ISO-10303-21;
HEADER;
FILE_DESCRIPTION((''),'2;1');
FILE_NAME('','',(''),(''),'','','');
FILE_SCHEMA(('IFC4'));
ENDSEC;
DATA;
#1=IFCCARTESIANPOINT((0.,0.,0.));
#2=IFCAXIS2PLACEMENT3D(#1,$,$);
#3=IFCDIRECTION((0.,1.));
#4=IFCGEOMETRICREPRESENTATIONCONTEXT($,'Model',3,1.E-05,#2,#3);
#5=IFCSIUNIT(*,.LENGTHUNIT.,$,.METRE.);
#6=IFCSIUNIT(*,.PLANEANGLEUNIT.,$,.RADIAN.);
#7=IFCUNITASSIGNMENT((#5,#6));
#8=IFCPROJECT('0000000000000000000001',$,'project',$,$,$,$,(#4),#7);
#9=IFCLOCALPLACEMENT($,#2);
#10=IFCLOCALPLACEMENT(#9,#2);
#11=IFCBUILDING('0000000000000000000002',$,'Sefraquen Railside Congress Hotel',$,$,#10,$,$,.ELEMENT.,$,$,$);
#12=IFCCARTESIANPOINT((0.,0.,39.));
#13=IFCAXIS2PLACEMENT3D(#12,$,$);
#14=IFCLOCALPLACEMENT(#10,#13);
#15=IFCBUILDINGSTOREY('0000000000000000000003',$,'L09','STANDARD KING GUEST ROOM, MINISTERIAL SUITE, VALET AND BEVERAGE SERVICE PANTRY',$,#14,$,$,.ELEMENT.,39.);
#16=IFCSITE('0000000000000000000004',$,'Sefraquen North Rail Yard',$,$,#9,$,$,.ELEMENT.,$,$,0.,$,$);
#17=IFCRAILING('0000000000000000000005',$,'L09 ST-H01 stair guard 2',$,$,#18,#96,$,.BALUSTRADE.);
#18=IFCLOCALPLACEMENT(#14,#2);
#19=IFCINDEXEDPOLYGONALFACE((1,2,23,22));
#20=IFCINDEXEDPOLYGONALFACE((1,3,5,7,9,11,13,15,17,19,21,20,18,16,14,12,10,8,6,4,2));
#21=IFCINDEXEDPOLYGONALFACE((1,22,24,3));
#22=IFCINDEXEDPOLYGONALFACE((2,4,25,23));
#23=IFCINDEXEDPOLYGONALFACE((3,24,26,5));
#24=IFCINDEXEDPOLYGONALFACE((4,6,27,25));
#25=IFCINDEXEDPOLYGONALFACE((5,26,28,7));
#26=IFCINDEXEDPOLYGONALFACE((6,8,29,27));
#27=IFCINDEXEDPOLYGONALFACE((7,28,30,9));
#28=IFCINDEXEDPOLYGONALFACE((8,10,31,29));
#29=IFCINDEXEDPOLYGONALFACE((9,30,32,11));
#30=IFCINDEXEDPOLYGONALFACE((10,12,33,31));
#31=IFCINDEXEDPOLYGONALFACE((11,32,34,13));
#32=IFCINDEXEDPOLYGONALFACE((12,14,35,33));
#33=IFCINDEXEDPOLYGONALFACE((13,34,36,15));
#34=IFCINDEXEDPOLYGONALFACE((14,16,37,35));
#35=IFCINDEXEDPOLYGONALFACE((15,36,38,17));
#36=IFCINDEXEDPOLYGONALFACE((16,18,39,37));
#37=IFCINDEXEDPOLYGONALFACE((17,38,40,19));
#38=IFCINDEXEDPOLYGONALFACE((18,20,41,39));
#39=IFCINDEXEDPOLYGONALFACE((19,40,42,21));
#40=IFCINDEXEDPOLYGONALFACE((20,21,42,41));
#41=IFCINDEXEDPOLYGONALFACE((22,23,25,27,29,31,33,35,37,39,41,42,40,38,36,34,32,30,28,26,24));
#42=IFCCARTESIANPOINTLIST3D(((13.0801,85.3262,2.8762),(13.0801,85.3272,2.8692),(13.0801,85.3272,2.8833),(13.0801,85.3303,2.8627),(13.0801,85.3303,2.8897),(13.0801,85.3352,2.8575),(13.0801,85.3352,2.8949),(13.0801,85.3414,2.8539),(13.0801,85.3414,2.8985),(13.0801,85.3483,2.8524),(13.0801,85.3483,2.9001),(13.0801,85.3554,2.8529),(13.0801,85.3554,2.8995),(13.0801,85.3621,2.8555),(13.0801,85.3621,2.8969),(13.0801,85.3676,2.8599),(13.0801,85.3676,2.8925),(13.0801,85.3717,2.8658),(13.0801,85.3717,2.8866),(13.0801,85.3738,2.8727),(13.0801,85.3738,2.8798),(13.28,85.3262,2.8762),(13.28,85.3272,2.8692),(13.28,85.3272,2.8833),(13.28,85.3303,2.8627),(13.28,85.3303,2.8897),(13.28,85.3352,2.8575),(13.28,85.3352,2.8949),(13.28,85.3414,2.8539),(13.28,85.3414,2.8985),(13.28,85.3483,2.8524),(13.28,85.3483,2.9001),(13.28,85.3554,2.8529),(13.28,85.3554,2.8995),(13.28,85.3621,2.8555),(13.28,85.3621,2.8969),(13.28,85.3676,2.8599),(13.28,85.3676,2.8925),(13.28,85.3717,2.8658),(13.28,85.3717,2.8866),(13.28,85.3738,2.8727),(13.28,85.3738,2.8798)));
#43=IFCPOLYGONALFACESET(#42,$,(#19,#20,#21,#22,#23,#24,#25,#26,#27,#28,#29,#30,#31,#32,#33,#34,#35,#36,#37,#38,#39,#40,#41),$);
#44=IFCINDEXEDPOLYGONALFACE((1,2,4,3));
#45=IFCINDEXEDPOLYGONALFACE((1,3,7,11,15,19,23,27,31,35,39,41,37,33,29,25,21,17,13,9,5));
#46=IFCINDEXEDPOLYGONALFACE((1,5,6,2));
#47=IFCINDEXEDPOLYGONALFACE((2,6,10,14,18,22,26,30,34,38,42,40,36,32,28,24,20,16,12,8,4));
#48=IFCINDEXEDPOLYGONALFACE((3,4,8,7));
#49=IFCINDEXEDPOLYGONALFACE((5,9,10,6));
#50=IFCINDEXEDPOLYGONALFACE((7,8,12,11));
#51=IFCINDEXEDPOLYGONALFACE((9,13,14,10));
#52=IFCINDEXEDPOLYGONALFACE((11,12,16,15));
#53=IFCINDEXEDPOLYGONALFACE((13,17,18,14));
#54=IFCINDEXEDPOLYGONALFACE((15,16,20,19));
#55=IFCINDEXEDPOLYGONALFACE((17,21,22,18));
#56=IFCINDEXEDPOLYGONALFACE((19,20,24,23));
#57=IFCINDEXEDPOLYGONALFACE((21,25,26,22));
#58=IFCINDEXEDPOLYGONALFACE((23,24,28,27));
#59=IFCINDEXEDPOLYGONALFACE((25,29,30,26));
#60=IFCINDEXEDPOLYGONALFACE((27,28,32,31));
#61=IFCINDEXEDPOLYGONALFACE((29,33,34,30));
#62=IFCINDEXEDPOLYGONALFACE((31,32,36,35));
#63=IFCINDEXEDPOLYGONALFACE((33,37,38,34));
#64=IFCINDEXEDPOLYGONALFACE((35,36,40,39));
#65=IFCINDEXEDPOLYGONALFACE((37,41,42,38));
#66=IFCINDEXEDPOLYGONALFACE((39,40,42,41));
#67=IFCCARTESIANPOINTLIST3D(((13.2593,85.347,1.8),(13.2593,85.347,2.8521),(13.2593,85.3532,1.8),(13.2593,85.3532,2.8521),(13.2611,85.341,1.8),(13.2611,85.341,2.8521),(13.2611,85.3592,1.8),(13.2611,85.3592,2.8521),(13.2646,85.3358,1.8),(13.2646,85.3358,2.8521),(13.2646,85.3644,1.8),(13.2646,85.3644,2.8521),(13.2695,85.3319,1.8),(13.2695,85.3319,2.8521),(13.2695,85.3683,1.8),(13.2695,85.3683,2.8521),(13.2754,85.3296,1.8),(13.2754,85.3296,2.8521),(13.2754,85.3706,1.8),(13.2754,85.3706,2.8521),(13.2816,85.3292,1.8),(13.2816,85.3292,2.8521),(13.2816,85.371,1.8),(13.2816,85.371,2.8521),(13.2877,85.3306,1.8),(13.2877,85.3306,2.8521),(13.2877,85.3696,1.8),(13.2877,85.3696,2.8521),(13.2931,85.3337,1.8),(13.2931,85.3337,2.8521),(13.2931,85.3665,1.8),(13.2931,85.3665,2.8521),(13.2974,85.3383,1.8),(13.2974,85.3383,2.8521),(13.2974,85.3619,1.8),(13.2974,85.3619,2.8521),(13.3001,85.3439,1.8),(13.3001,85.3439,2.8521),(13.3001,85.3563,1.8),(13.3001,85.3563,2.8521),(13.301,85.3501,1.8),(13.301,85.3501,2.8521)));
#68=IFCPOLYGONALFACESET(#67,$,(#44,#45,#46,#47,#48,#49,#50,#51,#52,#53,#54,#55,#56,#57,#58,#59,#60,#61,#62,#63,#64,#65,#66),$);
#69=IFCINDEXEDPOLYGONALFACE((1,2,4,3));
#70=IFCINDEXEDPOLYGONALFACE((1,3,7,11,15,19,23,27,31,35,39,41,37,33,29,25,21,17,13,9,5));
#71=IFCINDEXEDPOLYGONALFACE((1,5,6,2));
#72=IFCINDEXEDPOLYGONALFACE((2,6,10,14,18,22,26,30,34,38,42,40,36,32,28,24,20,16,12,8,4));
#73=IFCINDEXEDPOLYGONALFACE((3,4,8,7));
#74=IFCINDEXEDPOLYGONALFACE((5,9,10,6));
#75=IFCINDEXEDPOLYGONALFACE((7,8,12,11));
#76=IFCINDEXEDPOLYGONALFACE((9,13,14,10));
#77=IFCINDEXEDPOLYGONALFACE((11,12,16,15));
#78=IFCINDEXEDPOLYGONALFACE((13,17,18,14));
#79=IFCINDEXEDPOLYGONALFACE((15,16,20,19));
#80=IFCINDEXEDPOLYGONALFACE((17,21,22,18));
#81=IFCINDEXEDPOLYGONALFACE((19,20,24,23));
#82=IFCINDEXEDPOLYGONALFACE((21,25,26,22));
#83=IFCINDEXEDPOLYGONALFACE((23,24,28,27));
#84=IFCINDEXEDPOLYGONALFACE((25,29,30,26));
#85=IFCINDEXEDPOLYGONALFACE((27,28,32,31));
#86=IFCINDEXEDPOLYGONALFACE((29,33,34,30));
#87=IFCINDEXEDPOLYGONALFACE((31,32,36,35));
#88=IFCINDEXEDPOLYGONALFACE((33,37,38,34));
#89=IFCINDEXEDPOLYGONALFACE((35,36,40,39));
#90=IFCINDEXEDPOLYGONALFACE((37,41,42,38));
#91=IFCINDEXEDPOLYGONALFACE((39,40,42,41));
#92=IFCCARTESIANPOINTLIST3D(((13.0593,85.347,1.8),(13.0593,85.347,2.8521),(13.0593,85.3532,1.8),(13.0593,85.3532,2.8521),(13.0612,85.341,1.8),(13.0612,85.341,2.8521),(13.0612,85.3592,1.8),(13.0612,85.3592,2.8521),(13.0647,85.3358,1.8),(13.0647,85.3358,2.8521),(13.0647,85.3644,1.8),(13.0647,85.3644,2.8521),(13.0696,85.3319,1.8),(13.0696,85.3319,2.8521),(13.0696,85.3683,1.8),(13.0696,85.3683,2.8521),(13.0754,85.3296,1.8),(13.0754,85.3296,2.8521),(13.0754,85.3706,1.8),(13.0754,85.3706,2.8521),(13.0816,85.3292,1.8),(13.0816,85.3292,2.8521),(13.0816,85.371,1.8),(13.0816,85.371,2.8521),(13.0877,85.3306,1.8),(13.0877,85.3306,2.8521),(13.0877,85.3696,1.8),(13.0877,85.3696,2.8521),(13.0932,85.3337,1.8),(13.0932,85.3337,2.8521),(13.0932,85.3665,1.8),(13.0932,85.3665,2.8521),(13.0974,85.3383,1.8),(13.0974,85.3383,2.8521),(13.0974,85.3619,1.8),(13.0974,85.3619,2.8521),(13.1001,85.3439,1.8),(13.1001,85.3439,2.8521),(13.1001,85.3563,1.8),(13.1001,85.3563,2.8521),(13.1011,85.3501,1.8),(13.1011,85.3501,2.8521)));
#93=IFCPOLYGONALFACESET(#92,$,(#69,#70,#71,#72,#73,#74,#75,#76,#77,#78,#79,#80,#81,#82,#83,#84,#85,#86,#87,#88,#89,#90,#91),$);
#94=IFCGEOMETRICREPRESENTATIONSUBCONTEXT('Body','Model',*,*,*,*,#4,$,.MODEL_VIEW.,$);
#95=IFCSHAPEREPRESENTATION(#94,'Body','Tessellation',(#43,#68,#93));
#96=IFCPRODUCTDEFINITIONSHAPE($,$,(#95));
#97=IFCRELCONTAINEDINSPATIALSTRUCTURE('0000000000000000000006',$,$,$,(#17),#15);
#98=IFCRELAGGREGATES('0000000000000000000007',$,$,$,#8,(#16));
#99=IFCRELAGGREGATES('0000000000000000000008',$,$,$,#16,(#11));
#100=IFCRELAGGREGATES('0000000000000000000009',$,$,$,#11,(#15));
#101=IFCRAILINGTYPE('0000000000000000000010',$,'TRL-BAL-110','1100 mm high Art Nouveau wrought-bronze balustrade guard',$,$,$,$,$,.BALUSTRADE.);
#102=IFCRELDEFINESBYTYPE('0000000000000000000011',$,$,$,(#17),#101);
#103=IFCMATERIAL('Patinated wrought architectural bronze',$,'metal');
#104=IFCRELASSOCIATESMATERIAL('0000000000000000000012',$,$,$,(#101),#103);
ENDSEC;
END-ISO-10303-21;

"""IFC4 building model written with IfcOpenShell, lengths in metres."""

from ifc_helpers import new_model, si_unit, direction, frame, origin, origin_2d, place, context, subcontext, project, spatial, circle, extrude, material, type_object, element, save


model = new_model("IFC4")

# Units and contexts
model_context = context("Model", 3, precision=1e-05, world=origin(), true_north=direction((0.0, 1.0)))
body_context = subcontext(model_context, "Body", "Model", "MODEL_VIEW")
ifc_project = project(units=[si_unit("LENGTHUNIT", "METRE"), si_unit("PLANEANGLEUNIT", "RADIAN")], contexts=[model_context])

# Site, building, storey
site_placement = place(None, origin())
site = spatial("IfcSite", under=ifc_project, at=site_placement, Name="Sefraquen North Rail Yard", CompositionType="ELEMENT", RefElevation=0.0)
building_placement = place(site_placement, origin())
building = spatial("IfcBuilding", under=site, at=building_placement, Name="Sefraquen Railside Congress Hotel", CompositionType="ELEMENT")
storey_placement = place(building_placement, frame((0.0, 0.0, 39.0)))
storey = spatial("IfcBuildingStorey", under=building, at=storey_placement, Name="L09", Description="STANDARD KING GUEST ROOM, MINISTERIAL SUITE, VALET AND BEVERAGE SERVICE PANTRY", CompositionType="ELEMENT", Elevation=39.0)

# Railing
ifc_material_1 = material(Name="Patinated wrought architectural bronze", Category="metal")
railing_type = type_object("IfcRailingType", Name="TRL-BAL-110", Description="1100 mm high Art Nouveau wrought-bronze balustrade guard", PredefinedType="BALUSTRADE", material=ifc_material_1)
railing_1_placement = place(storey_placement, frame((13.28, 85.3501, 1.8)))
element("IfcRailing", 1, at=railing_1_placement, inside=storey, type_object=railing_type, Name="L09 ST-H01 stair guard 2", PredefinedType="BALUSTRADE", context=body_context, shape_type="SweptSolid", body=[
    extrude(circle(Radius=0.0239, at=origin_2d()), frame((0.0, 0.0, 1.0762), z_axis=(-1.0, 0.0, 0.0), x_axis=(0.0, -1.0, 0.0)), (0.0, 0.0, 1.0), 0.2),
    extrude(circle(Radius=0.021, at=origin_2d()), origin(), (0.0, 0.0, 1.0), 1.052),
    extrude(circle(Radius=0.021, at=origin_2d()), frame((-0.2, 0.0, 0.0)), (0.0, 0.0, 1.0), 1.052),
])

save(model, "model.ifc")
